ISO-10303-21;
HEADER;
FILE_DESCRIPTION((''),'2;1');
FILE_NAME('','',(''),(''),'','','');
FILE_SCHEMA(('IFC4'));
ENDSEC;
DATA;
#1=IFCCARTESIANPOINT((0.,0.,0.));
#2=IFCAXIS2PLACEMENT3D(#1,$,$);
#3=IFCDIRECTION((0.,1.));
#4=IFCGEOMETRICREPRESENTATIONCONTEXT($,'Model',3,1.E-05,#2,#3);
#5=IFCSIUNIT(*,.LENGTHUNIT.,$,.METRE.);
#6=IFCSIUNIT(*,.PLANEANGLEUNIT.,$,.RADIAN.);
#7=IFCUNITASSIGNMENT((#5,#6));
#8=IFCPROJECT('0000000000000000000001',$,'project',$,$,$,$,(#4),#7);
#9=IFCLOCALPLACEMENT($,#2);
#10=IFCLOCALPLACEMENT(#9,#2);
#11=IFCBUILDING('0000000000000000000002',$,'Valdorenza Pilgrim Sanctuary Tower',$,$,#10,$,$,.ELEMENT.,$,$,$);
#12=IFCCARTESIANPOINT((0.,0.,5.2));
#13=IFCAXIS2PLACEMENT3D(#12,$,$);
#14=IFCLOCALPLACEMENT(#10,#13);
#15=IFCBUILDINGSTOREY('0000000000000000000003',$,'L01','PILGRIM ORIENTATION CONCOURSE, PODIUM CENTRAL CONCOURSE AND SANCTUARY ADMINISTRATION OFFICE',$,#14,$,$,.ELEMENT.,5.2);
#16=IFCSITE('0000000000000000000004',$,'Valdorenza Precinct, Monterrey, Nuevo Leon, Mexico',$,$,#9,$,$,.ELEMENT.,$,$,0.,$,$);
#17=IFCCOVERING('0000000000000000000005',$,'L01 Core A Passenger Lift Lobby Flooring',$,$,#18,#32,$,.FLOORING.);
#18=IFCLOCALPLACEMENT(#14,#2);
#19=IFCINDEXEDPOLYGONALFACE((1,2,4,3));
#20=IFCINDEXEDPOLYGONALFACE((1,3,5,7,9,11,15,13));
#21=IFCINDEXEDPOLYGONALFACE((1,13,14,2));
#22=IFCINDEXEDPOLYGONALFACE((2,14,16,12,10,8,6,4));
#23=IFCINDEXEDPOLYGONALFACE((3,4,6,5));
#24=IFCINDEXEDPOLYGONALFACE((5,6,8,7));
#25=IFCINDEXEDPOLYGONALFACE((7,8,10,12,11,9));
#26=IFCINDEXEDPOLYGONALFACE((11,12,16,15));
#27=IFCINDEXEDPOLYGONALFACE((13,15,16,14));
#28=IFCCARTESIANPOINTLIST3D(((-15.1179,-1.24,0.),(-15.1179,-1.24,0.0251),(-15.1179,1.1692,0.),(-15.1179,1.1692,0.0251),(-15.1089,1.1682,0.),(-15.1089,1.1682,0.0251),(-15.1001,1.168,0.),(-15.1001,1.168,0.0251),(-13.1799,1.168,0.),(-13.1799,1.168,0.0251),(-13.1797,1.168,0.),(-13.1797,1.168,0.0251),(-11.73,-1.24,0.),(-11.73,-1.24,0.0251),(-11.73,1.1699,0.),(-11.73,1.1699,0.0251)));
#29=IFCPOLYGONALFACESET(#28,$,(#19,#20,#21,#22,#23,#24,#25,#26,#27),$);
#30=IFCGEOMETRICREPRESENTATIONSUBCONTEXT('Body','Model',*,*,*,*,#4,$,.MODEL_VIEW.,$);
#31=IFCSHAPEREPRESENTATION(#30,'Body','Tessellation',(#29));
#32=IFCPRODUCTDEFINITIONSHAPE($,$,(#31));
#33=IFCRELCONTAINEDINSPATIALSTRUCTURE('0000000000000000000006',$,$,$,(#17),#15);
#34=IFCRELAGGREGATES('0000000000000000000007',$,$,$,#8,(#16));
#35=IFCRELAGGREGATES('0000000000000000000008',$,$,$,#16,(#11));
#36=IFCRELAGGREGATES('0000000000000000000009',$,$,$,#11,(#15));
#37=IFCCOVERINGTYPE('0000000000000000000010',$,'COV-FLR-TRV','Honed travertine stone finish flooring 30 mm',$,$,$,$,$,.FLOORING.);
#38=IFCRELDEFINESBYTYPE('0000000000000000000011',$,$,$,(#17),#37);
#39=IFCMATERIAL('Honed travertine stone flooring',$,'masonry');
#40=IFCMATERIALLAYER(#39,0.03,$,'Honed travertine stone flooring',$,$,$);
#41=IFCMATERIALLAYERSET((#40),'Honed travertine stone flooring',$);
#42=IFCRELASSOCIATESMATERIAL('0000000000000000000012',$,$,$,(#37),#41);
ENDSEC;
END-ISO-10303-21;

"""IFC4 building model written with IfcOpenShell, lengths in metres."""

from ifc_helpers import new_model, si_unit, direction, frame, origin, place, context, subcontext, project, spatial, polyline, outline, extrude, material, layer, layer_set, type_object, element, save


model = new_model("IFC4")

# Units and contexts
model_context = context("Model", 3, precision=1e-05, world=origin(), true_north=direction((0.0, 1.0)))
body_context = subcontext(model_context, "Body", "Model", "MODEL_VIEW")
ifc_project = project(units=[si_unit("LENGTHUNIT", "METRE"), si_unit("PLANEANGLEUNIT", "RADIAN")], contexts=[model_context])

# Site, building, storey
site_placement = place(None, origin())
site = spatial("IfcSite", under=ifc_project, at=site_placement, Name="Valdorenza Precinct, Monterrey, Nuevo Leon, Mexico", CompositionType="ELEMENT", RefElevation=0.0)
building_placement = place(site_placement, origin())
building = spatial("IfcBuilding", under=site, at=building_placement, Name="Valdorenza Pilgrim Sanctuary Tower", CompositionType="ELEMENT")
storey_placement = place(building_placement, frame((0.0, 0.0, 5.2)))
storey = spatial("IfcBuildingStorey", under=building, at=storey_placement, Name="L01", Description="PILGRIM ORIENTATION CONCOURSE, PODIUM CENTRAL CONCOURSE AND SANCTUARY ADMINISTRATION OFFICE", CompositionType="ELEMENT", Elevation=5.2)

# Covering
ifc_material_1 = material(Name="Honed travertine stone flooring", Category="masonry")
ifc_layer_1 = layer(ifc_material_1, 0.03, Name="Honed travertine stone flooring")
ifc_layer_set_1 = layer_set([ifc_layer_1], Name="Honed travertine stone flooring")
covering_type_1 = type_object("IfcCoveringType", Name="COV-FLR-TRV", Description="Honed travertine stone finish flooring 30 mm", PredefinedType="FLOORING", material=ifc_layer_set_1)
covering_1_placement = place(storey_placement, origin())
element("IfcCovering", 1, at=covering_1_placement, inside=storey, type_object=covering_type_1, Name="L01 Core A Passenger Lift Lobby Flooring", PredefinedType="FLOORING", context=body_context, shape_type="SweptSolid", body=[
    extrude(outline(polyline([(-15.1179, 1.1692), (-15.1089, 1.1682), (-15.1089, 1.1682), (-15.1001, 1.168), (-13.1799, 1.168), (-13.1797, 1.168), (-11.73, 1.1699), (-11.73, -1.24), (-15.1179, -1.24), (-15.1179, 1.1692)])), origin(), (0.0, 0.0, 1.0), 0.0251),
])

save(model, "model.ifc")
